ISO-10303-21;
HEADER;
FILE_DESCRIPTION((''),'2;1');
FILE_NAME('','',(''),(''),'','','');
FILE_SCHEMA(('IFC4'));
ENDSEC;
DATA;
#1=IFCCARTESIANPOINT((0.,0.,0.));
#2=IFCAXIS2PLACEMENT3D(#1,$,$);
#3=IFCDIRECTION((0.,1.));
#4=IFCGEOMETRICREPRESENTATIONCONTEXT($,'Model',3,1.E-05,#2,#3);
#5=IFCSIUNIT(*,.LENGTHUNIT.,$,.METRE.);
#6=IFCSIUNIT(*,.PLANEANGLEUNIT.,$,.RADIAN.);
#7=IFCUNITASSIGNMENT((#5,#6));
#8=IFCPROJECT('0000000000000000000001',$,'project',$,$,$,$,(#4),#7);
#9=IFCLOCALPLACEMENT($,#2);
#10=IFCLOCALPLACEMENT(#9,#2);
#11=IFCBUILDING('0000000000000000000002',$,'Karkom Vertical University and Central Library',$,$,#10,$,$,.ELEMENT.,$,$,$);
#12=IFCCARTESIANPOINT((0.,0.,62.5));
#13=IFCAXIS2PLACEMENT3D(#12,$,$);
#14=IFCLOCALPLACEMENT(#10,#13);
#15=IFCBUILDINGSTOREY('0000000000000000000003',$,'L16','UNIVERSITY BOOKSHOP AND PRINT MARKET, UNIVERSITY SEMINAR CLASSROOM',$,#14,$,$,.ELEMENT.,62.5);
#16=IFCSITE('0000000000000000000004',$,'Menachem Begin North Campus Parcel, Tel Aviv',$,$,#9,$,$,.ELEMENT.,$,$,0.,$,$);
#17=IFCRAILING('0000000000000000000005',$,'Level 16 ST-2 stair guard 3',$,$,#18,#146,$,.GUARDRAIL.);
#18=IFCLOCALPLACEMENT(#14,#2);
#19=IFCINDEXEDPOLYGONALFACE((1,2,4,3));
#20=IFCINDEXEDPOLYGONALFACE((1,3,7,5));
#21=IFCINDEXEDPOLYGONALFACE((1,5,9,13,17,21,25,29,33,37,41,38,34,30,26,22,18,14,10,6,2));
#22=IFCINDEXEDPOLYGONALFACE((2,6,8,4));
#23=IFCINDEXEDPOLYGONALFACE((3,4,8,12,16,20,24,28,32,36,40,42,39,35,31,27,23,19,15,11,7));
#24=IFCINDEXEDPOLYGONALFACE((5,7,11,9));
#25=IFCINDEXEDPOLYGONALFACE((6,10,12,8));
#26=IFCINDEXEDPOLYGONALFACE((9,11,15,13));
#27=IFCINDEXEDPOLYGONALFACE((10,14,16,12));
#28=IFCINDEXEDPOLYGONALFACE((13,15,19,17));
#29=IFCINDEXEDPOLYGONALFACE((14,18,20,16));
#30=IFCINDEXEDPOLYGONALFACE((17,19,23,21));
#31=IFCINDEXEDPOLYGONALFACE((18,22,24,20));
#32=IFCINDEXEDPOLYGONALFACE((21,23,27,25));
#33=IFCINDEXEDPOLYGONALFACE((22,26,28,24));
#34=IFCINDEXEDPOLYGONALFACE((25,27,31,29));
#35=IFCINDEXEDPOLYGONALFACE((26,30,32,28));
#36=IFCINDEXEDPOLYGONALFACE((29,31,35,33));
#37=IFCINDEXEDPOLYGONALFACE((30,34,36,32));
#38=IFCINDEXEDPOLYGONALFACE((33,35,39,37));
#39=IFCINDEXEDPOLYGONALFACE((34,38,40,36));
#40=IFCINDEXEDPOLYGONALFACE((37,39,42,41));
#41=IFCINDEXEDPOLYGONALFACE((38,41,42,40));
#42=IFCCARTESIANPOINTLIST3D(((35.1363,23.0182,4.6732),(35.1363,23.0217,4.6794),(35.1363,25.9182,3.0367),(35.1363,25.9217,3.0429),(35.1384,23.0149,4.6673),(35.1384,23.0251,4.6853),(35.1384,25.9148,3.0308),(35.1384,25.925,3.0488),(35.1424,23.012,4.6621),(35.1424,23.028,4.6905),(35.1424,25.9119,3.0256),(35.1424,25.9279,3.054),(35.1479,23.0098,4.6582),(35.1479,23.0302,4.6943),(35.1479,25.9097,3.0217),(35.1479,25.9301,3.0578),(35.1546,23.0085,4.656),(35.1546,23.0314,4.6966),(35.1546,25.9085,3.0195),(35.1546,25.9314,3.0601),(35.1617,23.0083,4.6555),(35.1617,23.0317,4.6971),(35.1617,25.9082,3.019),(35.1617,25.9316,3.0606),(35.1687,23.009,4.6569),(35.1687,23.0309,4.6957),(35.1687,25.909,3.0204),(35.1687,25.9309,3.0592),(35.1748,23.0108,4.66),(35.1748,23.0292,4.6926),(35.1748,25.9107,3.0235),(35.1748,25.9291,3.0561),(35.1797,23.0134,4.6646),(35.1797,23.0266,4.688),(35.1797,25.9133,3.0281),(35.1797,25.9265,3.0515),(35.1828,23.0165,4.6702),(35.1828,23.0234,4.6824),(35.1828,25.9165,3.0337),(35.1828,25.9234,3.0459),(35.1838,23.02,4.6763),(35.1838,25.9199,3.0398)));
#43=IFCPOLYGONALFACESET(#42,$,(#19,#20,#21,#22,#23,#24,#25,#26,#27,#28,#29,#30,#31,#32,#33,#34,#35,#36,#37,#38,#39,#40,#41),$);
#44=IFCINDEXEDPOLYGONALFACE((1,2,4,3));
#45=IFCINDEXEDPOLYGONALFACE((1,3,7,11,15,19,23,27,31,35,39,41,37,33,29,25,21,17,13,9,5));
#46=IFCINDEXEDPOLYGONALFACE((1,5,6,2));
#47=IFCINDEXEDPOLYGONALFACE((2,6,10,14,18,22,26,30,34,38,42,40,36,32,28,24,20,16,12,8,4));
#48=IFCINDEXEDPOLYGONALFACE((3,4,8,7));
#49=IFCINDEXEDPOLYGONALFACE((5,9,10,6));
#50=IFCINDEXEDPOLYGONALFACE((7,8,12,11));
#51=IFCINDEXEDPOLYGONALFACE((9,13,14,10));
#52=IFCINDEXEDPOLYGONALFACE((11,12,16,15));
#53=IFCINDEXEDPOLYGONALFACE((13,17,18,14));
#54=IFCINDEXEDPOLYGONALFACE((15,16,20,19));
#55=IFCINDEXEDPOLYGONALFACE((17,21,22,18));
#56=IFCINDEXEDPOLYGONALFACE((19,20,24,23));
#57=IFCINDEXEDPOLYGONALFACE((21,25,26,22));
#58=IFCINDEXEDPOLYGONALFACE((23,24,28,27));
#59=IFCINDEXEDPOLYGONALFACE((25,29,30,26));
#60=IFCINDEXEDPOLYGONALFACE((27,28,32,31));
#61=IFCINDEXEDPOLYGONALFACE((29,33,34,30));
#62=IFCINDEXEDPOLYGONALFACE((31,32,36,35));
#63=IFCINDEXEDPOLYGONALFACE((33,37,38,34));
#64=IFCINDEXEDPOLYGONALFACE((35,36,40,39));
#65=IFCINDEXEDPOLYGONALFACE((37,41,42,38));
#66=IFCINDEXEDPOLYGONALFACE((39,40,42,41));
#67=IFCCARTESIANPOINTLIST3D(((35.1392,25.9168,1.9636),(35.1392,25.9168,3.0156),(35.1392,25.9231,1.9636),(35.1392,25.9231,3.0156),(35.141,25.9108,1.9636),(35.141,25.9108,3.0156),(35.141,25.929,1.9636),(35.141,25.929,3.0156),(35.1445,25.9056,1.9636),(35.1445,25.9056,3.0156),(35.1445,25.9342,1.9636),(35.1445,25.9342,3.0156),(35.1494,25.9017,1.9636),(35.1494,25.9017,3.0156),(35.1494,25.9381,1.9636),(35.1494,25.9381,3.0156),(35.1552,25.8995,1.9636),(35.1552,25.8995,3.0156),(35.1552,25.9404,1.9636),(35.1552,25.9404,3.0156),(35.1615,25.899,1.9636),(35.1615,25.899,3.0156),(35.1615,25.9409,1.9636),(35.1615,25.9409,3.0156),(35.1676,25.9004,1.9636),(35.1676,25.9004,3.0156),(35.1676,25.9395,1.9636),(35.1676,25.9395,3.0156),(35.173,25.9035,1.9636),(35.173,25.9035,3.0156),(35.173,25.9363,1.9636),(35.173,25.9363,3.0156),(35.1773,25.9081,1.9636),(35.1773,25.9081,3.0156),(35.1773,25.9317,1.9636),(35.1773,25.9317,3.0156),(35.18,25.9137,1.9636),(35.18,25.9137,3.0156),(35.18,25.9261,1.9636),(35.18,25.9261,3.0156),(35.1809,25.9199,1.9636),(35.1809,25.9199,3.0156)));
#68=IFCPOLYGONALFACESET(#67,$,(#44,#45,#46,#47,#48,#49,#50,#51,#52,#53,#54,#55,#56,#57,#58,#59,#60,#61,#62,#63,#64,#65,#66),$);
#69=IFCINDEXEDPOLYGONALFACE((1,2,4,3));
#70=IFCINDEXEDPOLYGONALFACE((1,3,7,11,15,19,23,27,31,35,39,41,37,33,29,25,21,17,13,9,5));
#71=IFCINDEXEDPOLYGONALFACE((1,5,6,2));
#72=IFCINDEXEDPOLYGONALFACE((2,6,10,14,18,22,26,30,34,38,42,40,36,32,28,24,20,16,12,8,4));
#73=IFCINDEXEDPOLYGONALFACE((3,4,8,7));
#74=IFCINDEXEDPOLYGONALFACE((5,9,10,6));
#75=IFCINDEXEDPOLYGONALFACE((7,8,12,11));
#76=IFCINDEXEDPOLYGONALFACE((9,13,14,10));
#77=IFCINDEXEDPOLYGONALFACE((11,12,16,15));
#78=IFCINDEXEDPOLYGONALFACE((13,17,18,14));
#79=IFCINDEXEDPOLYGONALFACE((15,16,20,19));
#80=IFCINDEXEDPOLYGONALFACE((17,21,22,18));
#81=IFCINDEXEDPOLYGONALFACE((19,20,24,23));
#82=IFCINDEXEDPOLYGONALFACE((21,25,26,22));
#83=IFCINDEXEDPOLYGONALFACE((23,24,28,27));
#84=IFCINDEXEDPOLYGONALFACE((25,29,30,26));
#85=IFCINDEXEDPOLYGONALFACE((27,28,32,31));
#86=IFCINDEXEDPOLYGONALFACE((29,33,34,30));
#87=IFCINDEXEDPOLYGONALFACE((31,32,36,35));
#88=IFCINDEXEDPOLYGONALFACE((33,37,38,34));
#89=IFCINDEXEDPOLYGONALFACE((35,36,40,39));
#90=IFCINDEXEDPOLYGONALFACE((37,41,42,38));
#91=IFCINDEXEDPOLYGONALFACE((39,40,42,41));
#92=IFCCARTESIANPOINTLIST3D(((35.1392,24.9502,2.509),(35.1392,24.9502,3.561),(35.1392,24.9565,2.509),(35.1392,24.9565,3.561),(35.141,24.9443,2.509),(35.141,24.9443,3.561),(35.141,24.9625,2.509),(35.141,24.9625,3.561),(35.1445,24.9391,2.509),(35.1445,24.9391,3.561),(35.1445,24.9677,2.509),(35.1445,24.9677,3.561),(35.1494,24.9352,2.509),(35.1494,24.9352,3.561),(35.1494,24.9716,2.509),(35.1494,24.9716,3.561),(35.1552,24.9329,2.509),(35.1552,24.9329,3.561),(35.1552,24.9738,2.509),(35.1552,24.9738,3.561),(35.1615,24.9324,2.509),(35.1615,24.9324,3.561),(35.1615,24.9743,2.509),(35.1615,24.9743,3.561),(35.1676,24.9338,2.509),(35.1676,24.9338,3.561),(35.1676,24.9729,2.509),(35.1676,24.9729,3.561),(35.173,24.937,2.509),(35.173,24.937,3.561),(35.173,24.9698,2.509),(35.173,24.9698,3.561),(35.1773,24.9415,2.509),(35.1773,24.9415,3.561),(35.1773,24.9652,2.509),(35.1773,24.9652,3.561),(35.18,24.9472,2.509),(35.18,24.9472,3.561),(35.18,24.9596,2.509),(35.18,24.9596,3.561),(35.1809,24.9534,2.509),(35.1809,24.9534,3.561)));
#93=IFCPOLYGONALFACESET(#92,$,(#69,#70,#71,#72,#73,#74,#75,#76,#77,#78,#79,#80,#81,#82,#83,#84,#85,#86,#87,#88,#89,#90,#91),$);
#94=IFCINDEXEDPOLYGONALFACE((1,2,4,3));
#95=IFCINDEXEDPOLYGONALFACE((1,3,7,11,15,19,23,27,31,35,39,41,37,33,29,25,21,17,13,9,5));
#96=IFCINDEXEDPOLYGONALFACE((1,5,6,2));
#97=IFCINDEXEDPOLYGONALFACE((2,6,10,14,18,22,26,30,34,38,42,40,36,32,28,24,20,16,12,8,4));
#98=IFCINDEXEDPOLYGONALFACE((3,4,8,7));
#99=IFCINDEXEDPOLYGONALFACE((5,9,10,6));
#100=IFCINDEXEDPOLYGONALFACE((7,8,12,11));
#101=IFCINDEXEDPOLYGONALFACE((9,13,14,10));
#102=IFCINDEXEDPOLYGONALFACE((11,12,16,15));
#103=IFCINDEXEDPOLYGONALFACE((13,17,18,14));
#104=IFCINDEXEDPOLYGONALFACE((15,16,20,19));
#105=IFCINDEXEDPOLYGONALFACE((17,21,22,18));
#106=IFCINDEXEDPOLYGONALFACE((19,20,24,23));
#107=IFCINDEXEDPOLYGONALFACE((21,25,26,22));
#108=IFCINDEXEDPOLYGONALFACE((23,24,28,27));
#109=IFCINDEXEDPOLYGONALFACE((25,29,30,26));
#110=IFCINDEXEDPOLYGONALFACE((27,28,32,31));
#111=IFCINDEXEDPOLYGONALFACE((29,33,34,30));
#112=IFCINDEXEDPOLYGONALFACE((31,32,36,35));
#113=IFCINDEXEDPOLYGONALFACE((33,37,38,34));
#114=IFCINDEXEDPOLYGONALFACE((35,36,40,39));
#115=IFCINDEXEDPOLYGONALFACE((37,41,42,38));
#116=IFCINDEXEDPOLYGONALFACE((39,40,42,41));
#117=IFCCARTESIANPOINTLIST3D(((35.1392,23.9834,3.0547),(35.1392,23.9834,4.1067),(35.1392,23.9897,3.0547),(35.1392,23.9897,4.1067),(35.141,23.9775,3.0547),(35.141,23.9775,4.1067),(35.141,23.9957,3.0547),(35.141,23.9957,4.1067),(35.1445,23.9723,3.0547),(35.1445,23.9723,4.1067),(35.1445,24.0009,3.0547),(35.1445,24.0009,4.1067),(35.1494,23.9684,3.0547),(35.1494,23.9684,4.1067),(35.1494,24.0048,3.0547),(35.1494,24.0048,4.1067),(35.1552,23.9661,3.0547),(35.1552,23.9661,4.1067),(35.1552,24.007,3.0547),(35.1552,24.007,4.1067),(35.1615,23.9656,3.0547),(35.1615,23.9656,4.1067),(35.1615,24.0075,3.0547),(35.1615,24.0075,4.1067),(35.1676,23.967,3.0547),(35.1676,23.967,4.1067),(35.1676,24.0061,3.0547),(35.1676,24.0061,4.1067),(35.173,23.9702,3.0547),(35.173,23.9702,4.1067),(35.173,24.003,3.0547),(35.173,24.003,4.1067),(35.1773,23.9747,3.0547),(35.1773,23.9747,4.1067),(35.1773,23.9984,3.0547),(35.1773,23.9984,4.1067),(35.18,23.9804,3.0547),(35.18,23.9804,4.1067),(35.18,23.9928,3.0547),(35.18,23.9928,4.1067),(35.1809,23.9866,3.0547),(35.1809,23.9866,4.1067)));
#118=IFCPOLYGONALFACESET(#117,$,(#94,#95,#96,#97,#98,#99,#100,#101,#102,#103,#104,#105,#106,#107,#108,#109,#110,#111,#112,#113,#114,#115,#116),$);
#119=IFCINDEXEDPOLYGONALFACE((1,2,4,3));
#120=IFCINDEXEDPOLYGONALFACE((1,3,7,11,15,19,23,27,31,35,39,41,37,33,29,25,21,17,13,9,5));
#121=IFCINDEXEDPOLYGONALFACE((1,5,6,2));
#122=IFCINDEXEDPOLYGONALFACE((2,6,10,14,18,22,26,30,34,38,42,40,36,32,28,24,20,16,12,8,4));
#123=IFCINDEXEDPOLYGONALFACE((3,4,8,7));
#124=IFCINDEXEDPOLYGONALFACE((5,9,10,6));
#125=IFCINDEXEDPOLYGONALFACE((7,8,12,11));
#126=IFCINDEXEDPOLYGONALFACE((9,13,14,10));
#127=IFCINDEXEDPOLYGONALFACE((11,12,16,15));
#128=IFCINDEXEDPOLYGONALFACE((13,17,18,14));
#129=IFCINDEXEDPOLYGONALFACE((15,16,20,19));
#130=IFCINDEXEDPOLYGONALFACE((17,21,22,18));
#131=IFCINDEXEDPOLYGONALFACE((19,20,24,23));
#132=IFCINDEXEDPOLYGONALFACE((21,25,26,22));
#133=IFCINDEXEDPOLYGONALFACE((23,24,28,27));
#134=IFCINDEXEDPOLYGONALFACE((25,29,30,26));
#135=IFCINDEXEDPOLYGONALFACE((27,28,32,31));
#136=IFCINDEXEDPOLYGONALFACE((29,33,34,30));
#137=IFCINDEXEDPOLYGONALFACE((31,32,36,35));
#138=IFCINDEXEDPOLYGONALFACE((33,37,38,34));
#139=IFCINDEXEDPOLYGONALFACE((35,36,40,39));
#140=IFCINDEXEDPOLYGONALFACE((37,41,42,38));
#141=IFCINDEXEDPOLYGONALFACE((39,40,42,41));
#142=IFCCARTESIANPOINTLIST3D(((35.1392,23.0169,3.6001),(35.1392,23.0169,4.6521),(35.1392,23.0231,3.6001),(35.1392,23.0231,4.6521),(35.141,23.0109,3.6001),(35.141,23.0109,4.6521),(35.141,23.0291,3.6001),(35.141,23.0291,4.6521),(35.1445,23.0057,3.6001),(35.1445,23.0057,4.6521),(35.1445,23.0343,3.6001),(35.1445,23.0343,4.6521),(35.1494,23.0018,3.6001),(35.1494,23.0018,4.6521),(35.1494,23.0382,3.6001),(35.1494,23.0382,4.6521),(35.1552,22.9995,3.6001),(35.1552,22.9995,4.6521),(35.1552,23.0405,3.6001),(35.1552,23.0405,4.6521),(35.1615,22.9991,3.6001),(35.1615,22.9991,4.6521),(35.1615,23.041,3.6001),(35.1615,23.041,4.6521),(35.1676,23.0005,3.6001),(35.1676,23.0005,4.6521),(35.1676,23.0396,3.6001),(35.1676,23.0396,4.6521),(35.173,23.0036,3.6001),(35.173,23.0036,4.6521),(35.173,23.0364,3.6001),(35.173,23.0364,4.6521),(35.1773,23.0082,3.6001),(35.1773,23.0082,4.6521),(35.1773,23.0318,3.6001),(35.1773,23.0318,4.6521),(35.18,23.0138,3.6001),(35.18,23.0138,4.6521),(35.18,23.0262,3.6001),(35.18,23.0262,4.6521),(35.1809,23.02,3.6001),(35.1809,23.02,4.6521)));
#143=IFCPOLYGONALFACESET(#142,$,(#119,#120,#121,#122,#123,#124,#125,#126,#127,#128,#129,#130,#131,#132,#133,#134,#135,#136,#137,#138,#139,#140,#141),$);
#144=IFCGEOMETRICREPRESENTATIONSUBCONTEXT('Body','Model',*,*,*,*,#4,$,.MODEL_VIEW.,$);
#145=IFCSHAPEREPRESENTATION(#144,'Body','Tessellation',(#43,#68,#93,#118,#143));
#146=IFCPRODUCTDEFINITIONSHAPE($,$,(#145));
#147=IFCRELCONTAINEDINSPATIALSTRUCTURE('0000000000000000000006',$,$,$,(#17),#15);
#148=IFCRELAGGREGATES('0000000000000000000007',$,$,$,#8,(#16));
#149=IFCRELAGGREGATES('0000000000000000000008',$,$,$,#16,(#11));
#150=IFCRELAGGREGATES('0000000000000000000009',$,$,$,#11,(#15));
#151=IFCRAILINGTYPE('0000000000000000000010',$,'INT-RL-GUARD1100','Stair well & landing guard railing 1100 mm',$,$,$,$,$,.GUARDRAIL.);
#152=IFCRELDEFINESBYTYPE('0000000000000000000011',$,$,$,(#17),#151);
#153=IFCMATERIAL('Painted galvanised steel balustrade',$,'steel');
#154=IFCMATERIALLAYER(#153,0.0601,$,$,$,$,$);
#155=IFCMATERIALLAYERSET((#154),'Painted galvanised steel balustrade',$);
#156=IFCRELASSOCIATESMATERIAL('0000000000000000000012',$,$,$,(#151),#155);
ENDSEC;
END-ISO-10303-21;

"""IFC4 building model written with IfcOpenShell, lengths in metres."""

from ifc_helpers import new_model, si_unit, direction, frame, origin, origin_2d, place, context, subcontext, project, spatial, circle, extrude, material, layer, layer_set, type_object, element, save


model = new_model("IFC4")

# Units and contexts
model_context = context("Model", 3, precision=1e-05, world=origin(), true_north=direction((0.0, 1.0)))
body_context = subcontext(model_context, "Body", "Model", "MODEL_VIEW")
ifc_project = project(units=[si_unit("LENGTHUNIT", "METRE"), si_unit("PLANEANGLEUNIT", "RADIAN")], contexts=[model_context])

# Site, building, storey
site_placement = place(None, origin())
site = spatial("IfcSite", under=ifc_project, at=site_placement, Name="Menachem Begin North Campus Parcel, Tel Aviv", CompositionType="ELEMENT", RefElevation=0.0)
building_placement = place(site_placement, origin())
building = spatial("IfcBuilding", under=site, at=building_placement, Name="Karkom Vertical University and Central Library", CompositionType="ELEMENT")
storey_placement = place(building_placement, frame((0.0, 0.0, 62.5)))
storey = spatial("IfcBuildingStorey", under=building, at=storey_placement, Name="L16", Description="UNIVERSITY BOOKSHOP AND PRINT MARKET, UNIVERSITY SEMINAR CLASSROOM", CompositionType="ELEMENT", Elevation=62.5)

# Railing
ifc_material_1 = material(Name="Painted galvanised steel balustrade", Category="steel")
ifc_layer_1 = layer(ifc_material_1, 0.0601)
ifc_layer_set_1 = layer_set([ifc_layer_1], Name="Painted galvanised steel balustrade")
railing_type_1 = type_object("IfcRailingType", Name="INT-RL-GUARD1100", Description="Stair well & landing guard railing 1100 mm", PredefinedType="GUARDRAIL", material=ifc_layer_set_1)
railing_1_placement = place(storey_placement, frame((35.1599, 25.9199, 1.9636)))
element("IfcRailing", 1, at=railing_1_placement, inside=storey, type_object=railing_type_1, Name="Level 16 ST-2 stair guard 3", PredefinedType="GUARDRAIL", context=body_context, shape_type="SweptSolid", body=[
    extrude(circle(Radius=0.0239, at=origin_2d()), frame((0.0, 0.0, 1.0762), z_axis=(0.0, -0.870897, 0.491465), x_axis=(1.0, 0.0, 0.0)), (0.0, 0.0, 1.0), 3.3298),
    extrude(circle(Radius=0.021, at=origin_2d()), origin(), (0.0, 0.0, 1.0), 1.052),
    extrude(circle(Radius=0.021, at=origin_2d()), frame((0.0, -0.9666, 0.5454)), (0.0, 0.0, 1.0), 1.052),
    extrude(circle(Radius=0.021, at=origin_2d()), frame((0.0, -1.9333, 1.0911)), (0.0, 0.0, 1.0), 1.052),
    extrude(circle(Radius=0.021, at=origin_2d()), frame((0.0, -2.8999, 1.6365)), (0.0, 0.0, 1.0), 1.052),
])

save(model, "model.ifc")
